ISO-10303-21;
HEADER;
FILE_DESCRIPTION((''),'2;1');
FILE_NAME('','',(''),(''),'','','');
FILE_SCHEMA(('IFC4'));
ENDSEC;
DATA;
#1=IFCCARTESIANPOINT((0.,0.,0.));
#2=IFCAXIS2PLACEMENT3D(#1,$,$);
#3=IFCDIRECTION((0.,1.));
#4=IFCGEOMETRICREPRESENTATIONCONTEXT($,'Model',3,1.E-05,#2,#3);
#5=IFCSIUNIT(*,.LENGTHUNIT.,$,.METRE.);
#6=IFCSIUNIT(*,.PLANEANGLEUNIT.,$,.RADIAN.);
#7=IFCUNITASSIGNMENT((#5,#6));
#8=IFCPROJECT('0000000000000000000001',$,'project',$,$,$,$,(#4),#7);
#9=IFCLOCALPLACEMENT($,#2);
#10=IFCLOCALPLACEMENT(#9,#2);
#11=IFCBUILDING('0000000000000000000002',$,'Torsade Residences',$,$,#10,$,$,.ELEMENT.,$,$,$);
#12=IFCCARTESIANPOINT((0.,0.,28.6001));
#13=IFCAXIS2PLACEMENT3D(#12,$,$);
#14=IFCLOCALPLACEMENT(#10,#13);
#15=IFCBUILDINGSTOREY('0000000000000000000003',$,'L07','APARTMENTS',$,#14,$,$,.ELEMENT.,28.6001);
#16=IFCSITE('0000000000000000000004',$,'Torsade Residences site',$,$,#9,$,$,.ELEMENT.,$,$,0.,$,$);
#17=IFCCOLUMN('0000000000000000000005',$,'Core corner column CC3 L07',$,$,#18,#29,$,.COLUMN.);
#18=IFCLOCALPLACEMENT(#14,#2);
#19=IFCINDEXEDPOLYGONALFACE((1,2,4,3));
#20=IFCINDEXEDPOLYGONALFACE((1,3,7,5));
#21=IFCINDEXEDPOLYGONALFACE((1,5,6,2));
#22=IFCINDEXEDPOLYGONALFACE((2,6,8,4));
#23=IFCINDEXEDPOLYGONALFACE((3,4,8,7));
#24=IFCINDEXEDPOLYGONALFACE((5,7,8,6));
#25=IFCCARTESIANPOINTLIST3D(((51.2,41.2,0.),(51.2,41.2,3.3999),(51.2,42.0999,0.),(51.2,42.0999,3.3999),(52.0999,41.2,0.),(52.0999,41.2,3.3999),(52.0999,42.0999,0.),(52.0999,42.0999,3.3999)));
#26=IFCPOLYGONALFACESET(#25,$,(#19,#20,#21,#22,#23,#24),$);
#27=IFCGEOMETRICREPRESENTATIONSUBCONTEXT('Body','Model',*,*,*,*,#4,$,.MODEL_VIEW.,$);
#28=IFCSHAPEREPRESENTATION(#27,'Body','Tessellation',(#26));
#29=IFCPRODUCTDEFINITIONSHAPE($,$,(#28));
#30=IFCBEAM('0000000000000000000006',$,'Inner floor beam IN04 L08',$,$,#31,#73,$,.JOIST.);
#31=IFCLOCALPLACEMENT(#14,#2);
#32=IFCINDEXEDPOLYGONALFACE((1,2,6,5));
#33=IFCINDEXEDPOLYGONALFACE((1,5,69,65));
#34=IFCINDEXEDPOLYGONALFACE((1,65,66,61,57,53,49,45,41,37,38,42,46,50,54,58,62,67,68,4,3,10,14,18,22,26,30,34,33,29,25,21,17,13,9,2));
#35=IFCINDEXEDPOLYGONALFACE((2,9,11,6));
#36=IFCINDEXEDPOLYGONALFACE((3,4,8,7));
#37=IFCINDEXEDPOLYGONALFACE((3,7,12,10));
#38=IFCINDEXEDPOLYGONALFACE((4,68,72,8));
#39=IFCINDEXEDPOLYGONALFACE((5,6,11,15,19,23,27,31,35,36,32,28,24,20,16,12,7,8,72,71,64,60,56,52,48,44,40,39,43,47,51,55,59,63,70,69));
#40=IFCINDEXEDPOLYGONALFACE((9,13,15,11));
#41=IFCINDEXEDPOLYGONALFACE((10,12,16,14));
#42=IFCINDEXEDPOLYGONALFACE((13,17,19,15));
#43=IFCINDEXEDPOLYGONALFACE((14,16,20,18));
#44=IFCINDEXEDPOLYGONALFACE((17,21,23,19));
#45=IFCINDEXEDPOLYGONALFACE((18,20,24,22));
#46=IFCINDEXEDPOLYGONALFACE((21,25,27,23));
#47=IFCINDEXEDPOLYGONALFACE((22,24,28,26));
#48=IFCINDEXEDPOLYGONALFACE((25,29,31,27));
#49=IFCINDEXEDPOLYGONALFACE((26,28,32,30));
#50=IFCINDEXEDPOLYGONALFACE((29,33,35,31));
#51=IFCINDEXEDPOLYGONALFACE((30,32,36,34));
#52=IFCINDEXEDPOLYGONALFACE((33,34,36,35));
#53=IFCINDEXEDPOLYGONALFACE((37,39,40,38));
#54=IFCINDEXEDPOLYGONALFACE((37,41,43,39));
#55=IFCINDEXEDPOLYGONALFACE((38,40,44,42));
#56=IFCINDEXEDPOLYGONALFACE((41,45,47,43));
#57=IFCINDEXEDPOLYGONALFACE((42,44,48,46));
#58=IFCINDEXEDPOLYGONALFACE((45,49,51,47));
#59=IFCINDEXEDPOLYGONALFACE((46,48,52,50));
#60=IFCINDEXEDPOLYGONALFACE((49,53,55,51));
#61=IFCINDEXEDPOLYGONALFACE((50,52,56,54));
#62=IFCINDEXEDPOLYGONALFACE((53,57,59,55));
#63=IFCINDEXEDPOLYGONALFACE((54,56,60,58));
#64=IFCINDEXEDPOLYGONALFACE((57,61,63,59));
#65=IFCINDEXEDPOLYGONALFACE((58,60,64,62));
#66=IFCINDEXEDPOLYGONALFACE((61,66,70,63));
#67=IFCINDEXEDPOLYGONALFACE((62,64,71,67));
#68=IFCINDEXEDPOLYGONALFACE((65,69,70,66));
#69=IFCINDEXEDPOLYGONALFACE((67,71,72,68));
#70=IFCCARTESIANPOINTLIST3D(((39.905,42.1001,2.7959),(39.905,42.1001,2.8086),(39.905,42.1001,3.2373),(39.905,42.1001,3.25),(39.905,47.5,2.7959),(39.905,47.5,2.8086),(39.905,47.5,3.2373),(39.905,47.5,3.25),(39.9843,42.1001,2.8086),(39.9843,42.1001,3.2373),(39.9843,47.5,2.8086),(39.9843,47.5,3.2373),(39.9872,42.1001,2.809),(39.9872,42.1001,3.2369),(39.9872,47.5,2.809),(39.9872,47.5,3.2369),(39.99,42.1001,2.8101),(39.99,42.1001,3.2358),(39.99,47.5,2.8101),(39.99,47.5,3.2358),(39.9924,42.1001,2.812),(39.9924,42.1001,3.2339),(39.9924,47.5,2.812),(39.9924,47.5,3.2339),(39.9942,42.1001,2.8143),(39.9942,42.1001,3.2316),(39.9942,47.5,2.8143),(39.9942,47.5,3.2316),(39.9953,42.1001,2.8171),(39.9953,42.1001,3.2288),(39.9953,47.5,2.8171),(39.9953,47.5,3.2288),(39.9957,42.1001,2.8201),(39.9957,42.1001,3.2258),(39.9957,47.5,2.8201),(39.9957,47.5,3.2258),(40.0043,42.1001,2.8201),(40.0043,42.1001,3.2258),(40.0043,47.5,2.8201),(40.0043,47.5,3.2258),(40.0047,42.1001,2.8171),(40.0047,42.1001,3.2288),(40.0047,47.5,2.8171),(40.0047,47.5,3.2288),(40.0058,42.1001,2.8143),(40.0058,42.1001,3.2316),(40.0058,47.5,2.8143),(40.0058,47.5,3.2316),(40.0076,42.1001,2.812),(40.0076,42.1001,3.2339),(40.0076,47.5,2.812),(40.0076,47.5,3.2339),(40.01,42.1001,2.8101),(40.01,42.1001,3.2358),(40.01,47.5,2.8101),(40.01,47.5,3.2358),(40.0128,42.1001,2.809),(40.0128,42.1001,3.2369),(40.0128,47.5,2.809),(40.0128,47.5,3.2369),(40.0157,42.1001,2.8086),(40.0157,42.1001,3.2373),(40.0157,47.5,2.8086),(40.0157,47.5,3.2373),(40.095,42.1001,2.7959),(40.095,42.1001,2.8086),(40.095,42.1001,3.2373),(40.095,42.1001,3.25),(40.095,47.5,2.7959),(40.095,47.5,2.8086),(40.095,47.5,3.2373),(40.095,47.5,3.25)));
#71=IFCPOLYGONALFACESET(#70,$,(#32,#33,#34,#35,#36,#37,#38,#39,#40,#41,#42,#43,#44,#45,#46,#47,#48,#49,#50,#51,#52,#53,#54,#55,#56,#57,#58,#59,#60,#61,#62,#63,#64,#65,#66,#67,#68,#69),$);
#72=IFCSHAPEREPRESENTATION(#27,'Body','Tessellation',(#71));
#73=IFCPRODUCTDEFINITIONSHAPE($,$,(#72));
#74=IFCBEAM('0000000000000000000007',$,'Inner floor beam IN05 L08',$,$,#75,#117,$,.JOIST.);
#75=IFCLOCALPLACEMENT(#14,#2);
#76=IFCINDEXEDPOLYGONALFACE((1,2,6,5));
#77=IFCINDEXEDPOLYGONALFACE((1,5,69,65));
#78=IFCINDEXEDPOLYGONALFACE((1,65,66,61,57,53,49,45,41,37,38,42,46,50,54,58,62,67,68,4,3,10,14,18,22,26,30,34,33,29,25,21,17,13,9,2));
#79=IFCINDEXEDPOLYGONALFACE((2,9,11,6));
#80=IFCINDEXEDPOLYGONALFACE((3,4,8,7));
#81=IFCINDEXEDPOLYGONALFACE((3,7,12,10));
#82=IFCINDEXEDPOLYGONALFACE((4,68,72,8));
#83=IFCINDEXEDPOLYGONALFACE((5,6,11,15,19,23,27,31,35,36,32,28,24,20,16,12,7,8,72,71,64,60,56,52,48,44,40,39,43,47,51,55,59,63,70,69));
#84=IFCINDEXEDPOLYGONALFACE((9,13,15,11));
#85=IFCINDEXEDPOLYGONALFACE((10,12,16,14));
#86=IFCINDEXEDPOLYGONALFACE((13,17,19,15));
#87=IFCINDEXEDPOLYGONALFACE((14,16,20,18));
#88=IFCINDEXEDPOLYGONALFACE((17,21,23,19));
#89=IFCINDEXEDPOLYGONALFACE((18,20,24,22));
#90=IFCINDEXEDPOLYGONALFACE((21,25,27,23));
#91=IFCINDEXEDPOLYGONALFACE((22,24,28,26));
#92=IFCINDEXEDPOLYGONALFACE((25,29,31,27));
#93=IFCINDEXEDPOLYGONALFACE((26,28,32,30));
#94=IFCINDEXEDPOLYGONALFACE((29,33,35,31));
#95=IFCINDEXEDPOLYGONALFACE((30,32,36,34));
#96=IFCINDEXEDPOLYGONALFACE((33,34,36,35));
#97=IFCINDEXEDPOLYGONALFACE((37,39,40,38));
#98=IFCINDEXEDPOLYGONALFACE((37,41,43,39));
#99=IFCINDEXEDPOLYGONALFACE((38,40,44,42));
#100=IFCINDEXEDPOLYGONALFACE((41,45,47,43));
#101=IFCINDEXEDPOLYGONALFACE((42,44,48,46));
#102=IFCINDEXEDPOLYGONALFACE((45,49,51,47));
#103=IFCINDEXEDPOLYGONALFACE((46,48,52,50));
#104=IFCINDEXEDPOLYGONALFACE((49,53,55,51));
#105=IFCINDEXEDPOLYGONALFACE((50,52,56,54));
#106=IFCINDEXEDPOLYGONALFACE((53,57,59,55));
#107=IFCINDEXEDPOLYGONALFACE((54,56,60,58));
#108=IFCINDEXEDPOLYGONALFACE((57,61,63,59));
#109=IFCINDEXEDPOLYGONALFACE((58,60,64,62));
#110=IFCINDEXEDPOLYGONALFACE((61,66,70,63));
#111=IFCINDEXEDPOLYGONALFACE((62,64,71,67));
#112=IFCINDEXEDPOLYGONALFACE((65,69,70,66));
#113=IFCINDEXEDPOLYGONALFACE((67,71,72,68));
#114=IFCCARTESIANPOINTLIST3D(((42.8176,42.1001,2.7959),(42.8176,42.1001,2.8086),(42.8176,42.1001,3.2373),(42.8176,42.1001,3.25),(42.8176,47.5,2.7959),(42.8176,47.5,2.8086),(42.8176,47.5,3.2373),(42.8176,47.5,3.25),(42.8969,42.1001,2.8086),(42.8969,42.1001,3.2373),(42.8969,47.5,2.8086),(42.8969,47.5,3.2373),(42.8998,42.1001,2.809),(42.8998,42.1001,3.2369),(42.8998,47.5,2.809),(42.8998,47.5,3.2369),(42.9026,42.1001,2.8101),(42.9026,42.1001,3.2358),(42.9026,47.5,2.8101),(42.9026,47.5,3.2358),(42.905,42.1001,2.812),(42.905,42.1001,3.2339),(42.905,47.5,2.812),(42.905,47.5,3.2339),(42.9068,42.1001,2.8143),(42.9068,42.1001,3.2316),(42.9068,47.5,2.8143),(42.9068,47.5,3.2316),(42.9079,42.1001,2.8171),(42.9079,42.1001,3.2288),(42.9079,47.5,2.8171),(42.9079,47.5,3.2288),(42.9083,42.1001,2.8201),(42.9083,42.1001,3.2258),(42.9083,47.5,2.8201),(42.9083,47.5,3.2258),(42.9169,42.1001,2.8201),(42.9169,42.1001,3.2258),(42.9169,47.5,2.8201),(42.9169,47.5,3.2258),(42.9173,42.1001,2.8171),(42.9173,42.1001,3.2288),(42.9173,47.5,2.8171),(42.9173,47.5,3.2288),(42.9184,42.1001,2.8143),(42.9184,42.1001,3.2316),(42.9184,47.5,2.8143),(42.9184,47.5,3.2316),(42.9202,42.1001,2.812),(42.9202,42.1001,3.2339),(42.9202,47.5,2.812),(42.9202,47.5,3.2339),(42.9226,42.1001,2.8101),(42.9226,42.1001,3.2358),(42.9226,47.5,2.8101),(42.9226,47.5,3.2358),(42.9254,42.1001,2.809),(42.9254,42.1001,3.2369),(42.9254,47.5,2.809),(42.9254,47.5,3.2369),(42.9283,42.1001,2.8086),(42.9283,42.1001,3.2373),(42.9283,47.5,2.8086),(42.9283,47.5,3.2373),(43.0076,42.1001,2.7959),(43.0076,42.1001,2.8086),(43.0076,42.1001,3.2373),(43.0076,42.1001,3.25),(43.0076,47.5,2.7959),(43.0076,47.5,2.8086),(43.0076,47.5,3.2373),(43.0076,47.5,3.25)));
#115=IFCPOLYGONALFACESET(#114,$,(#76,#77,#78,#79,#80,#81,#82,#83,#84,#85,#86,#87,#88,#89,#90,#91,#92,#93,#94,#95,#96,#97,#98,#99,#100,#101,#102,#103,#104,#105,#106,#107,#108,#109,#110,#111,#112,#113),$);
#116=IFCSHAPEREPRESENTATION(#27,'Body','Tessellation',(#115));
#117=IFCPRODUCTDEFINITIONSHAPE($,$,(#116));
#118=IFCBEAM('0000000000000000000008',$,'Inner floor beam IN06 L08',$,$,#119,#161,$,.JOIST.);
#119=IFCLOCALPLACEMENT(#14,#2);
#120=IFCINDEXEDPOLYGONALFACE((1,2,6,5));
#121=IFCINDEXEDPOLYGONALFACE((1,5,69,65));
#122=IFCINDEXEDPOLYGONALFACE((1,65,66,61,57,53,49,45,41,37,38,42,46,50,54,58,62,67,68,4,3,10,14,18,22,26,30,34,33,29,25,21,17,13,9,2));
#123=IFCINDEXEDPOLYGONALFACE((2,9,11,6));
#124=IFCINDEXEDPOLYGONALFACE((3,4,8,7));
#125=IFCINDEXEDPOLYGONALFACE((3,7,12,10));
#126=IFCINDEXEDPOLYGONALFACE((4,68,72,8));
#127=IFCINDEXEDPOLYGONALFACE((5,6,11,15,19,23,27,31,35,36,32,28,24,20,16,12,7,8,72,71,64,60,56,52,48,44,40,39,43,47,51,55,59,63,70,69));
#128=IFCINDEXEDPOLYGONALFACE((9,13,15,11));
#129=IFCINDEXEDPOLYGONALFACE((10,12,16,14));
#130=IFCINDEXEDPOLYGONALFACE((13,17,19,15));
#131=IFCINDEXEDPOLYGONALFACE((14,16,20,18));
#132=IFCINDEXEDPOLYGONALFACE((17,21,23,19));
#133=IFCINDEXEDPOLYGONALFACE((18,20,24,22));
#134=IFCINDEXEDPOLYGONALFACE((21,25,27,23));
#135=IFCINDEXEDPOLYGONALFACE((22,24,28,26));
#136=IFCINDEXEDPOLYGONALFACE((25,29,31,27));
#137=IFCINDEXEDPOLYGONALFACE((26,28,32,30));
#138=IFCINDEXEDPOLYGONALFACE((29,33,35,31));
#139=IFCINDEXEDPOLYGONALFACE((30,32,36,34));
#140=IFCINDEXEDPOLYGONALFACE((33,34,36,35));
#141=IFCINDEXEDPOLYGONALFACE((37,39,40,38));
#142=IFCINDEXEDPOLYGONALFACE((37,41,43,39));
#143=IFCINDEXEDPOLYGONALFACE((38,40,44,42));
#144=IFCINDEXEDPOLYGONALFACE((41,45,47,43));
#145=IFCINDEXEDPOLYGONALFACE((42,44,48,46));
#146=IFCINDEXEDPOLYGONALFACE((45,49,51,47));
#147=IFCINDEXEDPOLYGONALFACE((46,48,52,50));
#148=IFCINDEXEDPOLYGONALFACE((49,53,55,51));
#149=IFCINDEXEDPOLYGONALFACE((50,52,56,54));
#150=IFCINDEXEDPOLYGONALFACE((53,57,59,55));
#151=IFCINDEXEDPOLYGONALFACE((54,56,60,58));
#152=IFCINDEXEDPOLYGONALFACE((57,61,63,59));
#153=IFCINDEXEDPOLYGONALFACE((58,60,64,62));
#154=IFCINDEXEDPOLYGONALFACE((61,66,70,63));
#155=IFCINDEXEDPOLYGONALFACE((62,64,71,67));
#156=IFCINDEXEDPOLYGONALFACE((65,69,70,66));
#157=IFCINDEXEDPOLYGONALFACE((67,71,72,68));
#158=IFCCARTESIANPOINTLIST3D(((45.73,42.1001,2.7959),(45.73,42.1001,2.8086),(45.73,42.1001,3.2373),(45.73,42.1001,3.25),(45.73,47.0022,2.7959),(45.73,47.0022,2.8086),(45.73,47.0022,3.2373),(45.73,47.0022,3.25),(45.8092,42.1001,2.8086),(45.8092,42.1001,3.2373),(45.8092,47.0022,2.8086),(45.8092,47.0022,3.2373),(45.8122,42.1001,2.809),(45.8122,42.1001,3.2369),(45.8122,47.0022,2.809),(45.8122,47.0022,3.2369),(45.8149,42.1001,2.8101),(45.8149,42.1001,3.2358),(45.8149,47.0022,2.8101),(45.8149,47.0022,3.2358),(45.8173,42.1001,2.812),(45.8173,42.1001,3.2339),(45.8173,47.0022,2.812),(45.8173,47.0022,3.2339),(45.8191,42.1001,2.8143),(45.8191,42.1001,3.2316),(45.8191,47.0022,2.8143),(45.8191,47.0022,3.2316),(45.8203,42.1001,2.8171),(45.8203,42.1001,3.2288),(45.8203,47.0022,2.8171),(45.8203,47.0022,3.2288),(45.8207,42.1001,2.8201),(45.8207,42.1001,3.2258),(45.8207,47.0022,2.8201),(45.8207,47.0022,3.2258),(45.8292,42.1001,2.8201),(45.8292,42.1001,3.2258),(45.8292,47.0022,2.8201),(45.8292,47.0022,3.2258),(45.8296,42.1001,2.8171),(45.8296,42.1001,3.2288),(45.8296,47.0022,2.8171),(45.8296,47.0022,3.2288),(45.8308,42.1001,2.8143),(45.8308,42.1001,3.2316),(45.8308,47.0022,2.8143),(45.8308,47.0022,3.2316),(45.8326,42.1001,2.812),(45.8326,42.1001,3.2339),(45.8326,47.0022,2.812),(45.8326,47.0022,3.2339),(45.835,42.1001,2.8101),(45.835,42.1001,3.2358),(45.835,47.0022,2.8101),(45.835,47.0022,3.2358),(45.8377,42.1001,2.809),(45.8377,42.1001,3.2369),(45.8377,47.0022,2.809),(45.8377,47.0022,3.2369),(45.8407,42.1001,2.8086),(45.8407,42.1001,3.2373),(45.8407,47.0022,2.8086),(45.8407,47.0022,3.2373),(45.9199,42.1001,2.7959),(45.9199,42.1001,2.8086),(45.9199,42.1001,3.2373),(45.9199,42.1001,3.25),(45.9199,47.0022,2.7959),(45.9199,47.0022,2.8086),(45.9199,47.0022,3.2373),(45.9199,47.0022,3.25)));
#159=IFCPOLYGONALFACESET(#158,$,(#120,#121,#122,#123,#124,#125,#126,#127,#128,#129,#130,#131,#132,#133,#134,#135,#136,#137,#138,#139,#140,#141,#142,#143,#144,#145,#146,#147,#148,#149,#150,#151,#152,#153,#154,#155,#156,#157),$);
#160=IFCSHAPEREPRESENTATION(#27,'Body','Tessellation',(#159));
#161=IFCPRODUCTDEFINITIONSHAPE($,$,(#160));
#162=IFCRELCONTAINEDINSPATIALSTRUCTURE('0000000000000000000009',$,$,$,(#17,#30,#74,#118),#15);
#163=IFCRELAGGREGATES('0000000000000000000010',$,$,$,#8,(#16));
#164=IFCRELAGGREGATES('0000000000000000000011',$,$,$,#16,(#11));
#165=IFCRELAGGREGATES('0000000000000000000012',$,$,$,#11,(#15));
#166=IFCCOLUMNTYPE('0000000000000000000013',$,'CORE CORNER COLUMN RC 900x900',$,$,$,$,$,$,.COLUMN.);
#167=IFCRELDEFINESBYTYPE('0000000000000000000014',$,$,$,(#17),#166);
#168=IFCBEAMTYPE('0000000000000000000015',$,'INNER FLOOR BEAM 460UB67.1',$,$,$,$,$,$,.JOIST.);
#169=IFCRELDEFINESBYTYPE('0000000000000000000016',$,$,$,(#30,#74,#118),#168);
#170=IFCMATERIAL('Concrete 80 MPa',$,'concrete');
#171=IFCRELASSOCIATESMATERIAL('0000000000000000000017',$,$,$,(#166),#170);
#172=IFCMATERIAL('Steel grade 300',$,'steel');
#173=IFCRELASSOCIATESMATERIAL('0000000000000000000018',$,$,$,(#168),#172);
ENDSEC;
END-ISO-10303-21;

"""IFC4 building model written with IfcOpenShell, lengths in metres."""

from ifc_helpers import new_model, si_unit, direction, frame, origin, origin_2d, place, context, subcontext, project, spatial, rectangle, i_section, extrude, material, material_profile, profile_set, type_object, element, save


model = new_model("IFC4")

# Units and contexts
model_context = context("Model", 3, precision=1e-05, world=origin(), true_north=direction((0.0, 1.0)))
body_context = subcontext(model_context, "Body", "Model", "MODEL_VIEW")
ifc_project = project(units=[si_unit("LENGTHUNIT", "METRE"), si_unit("PLANEANGLEUNIT", "RADIAN")], contexts=[model_context])

# Site, building, storey
site_placement = place(None, origin())
site = spatial("IfcSite", under=ifc_project, at=site_placement, Name="Torsade Residences site", CompositionType="ELEMENT", RefElevation=0.0)
building_placement = place(site_placement, origin())
building = spatial("IfcBuilding", under=site, at=building_placement, Name="Torsade Residences", CompositionType="ELEMENT")
storey_placement = place(building_placement, frame((0.0, 0.0, 28.6001)))
storey = spatial("IfcBuildingStorey", under=building, at=storey_placement, Name="L07", Description="APARTMENTS", CompositionType="ELEMENT", Elevation=28.6001)

# Column
ifc_material_1 = material(Name="Concrete 80 MPa", Category="concrete")
ifc_material_profile_1 = material_profile(ifc_material_1, rectangle(XDim=0.8999, YDim=0.8999, at=origin_2d()), Name="RC 900x900")
ifc_profile_set_1 = profile_set([ifc_material_profile_1], Name="Concrete 80 MPa")
column_type = type_object("IfcColumnType", Name="CORE CORNER COLUMN RC 900x900", PredefinedType="COLUMN", material=ifc_profile_set_1)
column_placement = place(storey_placement, frame((51.6499, 41.6499, 0.0), z_axis=(0.0, 0.0, 1.0), x_axis=(1.0, 0.0, 0.0)))
element("IfcColumn", 1, at=column_placement, inside=storey, type_object=column_type, Name="Core corner column CC3 L07", PredefinedType="COLUMN", context=body_context, shape_type="SweptSolid", body=[
    extrude(rectangle(XDim=0.8999, YDim=0.8999, at=origin_2d()), origin(), (0.0, 0.0, 1.0), 3.3999),
])

# Beams
ifc_material_2 = material(Name="Steel grade 300", Category="steel")
ifc_material_profile_2 = material_profile(ifc_material_2, i_section(OverallWidth=0.1899, OverallDepth=0.4541, WebThickness=0.0085, FlangeThickness=0.0127, FilletRadius=0.0115, at=origin_2d()), Name="460UB67.1")
ifc_profile_set_2 = profile_set([ifc_material_profile_2], Name="Steel grade 300")
beam_type = type_object("IfcBeamType", Name="INNER FLOOR BEAM 460UB67.1", PredefinedType="JOIST", material=ifc_profile_set_2)
for number, where, z_axis, x_axis, name in (
    (2, (40.0, 42.1001, 3.0229), (0.0, 1.0, 0.0), (-1.0, 0.0, 0.0), "Inner floor beam IN04 L08"),
    (3, (42.9126, 42.1001, 3.0229), (0.0, 1.0, 0.0), (-1.0, 0.0, 0.0), "Inner floor beam IN05 L08"),
):
    element("IfcBeam", number, at=place(storey_placement, frame(where, z_axis=z_axis, x_axis=x_axis)), inside=storey, type_object=beam_type, Name=name, PredefinedType="JOIST", context=body_context, shape_type="SweptSolid", body=[
        extrude(i_section(OverallWidth=0.1899, OverallDepth=0.4541, WebThickness=0.0085, FlangeThickness=0.0127, FilletRadius=0.0115, at=origin_2d()), origin(), (0.0, 0.0, 1.0), 5.3999),
    ])
beam_1_placement = place(storey_placement, frame((45.825, 42.1001, 3.0229), z_axis=(0.0, 1.0, 0.0), x_axis=(-1.0, 0.0, 0.0)))
element("IfcBeam", 4, at=beam_1_placement, inside=storey, type_object=beam_type, Name="Inner floor beam IN06 L08", PredefinedType="JOIST", context=body_context, shape_type="SweptSolid", body=[
    extrude(i_section(OverallWidth=0.1899, OverallDepth=0.4541, WebThickness=0.0085, FlangeThickness=0.0127, FilletRadius=0.0115, at=origin_2d()), origin(), (0.0, 0.0, 1.0), 4.9021),
])

save(model, "model.ifc")
